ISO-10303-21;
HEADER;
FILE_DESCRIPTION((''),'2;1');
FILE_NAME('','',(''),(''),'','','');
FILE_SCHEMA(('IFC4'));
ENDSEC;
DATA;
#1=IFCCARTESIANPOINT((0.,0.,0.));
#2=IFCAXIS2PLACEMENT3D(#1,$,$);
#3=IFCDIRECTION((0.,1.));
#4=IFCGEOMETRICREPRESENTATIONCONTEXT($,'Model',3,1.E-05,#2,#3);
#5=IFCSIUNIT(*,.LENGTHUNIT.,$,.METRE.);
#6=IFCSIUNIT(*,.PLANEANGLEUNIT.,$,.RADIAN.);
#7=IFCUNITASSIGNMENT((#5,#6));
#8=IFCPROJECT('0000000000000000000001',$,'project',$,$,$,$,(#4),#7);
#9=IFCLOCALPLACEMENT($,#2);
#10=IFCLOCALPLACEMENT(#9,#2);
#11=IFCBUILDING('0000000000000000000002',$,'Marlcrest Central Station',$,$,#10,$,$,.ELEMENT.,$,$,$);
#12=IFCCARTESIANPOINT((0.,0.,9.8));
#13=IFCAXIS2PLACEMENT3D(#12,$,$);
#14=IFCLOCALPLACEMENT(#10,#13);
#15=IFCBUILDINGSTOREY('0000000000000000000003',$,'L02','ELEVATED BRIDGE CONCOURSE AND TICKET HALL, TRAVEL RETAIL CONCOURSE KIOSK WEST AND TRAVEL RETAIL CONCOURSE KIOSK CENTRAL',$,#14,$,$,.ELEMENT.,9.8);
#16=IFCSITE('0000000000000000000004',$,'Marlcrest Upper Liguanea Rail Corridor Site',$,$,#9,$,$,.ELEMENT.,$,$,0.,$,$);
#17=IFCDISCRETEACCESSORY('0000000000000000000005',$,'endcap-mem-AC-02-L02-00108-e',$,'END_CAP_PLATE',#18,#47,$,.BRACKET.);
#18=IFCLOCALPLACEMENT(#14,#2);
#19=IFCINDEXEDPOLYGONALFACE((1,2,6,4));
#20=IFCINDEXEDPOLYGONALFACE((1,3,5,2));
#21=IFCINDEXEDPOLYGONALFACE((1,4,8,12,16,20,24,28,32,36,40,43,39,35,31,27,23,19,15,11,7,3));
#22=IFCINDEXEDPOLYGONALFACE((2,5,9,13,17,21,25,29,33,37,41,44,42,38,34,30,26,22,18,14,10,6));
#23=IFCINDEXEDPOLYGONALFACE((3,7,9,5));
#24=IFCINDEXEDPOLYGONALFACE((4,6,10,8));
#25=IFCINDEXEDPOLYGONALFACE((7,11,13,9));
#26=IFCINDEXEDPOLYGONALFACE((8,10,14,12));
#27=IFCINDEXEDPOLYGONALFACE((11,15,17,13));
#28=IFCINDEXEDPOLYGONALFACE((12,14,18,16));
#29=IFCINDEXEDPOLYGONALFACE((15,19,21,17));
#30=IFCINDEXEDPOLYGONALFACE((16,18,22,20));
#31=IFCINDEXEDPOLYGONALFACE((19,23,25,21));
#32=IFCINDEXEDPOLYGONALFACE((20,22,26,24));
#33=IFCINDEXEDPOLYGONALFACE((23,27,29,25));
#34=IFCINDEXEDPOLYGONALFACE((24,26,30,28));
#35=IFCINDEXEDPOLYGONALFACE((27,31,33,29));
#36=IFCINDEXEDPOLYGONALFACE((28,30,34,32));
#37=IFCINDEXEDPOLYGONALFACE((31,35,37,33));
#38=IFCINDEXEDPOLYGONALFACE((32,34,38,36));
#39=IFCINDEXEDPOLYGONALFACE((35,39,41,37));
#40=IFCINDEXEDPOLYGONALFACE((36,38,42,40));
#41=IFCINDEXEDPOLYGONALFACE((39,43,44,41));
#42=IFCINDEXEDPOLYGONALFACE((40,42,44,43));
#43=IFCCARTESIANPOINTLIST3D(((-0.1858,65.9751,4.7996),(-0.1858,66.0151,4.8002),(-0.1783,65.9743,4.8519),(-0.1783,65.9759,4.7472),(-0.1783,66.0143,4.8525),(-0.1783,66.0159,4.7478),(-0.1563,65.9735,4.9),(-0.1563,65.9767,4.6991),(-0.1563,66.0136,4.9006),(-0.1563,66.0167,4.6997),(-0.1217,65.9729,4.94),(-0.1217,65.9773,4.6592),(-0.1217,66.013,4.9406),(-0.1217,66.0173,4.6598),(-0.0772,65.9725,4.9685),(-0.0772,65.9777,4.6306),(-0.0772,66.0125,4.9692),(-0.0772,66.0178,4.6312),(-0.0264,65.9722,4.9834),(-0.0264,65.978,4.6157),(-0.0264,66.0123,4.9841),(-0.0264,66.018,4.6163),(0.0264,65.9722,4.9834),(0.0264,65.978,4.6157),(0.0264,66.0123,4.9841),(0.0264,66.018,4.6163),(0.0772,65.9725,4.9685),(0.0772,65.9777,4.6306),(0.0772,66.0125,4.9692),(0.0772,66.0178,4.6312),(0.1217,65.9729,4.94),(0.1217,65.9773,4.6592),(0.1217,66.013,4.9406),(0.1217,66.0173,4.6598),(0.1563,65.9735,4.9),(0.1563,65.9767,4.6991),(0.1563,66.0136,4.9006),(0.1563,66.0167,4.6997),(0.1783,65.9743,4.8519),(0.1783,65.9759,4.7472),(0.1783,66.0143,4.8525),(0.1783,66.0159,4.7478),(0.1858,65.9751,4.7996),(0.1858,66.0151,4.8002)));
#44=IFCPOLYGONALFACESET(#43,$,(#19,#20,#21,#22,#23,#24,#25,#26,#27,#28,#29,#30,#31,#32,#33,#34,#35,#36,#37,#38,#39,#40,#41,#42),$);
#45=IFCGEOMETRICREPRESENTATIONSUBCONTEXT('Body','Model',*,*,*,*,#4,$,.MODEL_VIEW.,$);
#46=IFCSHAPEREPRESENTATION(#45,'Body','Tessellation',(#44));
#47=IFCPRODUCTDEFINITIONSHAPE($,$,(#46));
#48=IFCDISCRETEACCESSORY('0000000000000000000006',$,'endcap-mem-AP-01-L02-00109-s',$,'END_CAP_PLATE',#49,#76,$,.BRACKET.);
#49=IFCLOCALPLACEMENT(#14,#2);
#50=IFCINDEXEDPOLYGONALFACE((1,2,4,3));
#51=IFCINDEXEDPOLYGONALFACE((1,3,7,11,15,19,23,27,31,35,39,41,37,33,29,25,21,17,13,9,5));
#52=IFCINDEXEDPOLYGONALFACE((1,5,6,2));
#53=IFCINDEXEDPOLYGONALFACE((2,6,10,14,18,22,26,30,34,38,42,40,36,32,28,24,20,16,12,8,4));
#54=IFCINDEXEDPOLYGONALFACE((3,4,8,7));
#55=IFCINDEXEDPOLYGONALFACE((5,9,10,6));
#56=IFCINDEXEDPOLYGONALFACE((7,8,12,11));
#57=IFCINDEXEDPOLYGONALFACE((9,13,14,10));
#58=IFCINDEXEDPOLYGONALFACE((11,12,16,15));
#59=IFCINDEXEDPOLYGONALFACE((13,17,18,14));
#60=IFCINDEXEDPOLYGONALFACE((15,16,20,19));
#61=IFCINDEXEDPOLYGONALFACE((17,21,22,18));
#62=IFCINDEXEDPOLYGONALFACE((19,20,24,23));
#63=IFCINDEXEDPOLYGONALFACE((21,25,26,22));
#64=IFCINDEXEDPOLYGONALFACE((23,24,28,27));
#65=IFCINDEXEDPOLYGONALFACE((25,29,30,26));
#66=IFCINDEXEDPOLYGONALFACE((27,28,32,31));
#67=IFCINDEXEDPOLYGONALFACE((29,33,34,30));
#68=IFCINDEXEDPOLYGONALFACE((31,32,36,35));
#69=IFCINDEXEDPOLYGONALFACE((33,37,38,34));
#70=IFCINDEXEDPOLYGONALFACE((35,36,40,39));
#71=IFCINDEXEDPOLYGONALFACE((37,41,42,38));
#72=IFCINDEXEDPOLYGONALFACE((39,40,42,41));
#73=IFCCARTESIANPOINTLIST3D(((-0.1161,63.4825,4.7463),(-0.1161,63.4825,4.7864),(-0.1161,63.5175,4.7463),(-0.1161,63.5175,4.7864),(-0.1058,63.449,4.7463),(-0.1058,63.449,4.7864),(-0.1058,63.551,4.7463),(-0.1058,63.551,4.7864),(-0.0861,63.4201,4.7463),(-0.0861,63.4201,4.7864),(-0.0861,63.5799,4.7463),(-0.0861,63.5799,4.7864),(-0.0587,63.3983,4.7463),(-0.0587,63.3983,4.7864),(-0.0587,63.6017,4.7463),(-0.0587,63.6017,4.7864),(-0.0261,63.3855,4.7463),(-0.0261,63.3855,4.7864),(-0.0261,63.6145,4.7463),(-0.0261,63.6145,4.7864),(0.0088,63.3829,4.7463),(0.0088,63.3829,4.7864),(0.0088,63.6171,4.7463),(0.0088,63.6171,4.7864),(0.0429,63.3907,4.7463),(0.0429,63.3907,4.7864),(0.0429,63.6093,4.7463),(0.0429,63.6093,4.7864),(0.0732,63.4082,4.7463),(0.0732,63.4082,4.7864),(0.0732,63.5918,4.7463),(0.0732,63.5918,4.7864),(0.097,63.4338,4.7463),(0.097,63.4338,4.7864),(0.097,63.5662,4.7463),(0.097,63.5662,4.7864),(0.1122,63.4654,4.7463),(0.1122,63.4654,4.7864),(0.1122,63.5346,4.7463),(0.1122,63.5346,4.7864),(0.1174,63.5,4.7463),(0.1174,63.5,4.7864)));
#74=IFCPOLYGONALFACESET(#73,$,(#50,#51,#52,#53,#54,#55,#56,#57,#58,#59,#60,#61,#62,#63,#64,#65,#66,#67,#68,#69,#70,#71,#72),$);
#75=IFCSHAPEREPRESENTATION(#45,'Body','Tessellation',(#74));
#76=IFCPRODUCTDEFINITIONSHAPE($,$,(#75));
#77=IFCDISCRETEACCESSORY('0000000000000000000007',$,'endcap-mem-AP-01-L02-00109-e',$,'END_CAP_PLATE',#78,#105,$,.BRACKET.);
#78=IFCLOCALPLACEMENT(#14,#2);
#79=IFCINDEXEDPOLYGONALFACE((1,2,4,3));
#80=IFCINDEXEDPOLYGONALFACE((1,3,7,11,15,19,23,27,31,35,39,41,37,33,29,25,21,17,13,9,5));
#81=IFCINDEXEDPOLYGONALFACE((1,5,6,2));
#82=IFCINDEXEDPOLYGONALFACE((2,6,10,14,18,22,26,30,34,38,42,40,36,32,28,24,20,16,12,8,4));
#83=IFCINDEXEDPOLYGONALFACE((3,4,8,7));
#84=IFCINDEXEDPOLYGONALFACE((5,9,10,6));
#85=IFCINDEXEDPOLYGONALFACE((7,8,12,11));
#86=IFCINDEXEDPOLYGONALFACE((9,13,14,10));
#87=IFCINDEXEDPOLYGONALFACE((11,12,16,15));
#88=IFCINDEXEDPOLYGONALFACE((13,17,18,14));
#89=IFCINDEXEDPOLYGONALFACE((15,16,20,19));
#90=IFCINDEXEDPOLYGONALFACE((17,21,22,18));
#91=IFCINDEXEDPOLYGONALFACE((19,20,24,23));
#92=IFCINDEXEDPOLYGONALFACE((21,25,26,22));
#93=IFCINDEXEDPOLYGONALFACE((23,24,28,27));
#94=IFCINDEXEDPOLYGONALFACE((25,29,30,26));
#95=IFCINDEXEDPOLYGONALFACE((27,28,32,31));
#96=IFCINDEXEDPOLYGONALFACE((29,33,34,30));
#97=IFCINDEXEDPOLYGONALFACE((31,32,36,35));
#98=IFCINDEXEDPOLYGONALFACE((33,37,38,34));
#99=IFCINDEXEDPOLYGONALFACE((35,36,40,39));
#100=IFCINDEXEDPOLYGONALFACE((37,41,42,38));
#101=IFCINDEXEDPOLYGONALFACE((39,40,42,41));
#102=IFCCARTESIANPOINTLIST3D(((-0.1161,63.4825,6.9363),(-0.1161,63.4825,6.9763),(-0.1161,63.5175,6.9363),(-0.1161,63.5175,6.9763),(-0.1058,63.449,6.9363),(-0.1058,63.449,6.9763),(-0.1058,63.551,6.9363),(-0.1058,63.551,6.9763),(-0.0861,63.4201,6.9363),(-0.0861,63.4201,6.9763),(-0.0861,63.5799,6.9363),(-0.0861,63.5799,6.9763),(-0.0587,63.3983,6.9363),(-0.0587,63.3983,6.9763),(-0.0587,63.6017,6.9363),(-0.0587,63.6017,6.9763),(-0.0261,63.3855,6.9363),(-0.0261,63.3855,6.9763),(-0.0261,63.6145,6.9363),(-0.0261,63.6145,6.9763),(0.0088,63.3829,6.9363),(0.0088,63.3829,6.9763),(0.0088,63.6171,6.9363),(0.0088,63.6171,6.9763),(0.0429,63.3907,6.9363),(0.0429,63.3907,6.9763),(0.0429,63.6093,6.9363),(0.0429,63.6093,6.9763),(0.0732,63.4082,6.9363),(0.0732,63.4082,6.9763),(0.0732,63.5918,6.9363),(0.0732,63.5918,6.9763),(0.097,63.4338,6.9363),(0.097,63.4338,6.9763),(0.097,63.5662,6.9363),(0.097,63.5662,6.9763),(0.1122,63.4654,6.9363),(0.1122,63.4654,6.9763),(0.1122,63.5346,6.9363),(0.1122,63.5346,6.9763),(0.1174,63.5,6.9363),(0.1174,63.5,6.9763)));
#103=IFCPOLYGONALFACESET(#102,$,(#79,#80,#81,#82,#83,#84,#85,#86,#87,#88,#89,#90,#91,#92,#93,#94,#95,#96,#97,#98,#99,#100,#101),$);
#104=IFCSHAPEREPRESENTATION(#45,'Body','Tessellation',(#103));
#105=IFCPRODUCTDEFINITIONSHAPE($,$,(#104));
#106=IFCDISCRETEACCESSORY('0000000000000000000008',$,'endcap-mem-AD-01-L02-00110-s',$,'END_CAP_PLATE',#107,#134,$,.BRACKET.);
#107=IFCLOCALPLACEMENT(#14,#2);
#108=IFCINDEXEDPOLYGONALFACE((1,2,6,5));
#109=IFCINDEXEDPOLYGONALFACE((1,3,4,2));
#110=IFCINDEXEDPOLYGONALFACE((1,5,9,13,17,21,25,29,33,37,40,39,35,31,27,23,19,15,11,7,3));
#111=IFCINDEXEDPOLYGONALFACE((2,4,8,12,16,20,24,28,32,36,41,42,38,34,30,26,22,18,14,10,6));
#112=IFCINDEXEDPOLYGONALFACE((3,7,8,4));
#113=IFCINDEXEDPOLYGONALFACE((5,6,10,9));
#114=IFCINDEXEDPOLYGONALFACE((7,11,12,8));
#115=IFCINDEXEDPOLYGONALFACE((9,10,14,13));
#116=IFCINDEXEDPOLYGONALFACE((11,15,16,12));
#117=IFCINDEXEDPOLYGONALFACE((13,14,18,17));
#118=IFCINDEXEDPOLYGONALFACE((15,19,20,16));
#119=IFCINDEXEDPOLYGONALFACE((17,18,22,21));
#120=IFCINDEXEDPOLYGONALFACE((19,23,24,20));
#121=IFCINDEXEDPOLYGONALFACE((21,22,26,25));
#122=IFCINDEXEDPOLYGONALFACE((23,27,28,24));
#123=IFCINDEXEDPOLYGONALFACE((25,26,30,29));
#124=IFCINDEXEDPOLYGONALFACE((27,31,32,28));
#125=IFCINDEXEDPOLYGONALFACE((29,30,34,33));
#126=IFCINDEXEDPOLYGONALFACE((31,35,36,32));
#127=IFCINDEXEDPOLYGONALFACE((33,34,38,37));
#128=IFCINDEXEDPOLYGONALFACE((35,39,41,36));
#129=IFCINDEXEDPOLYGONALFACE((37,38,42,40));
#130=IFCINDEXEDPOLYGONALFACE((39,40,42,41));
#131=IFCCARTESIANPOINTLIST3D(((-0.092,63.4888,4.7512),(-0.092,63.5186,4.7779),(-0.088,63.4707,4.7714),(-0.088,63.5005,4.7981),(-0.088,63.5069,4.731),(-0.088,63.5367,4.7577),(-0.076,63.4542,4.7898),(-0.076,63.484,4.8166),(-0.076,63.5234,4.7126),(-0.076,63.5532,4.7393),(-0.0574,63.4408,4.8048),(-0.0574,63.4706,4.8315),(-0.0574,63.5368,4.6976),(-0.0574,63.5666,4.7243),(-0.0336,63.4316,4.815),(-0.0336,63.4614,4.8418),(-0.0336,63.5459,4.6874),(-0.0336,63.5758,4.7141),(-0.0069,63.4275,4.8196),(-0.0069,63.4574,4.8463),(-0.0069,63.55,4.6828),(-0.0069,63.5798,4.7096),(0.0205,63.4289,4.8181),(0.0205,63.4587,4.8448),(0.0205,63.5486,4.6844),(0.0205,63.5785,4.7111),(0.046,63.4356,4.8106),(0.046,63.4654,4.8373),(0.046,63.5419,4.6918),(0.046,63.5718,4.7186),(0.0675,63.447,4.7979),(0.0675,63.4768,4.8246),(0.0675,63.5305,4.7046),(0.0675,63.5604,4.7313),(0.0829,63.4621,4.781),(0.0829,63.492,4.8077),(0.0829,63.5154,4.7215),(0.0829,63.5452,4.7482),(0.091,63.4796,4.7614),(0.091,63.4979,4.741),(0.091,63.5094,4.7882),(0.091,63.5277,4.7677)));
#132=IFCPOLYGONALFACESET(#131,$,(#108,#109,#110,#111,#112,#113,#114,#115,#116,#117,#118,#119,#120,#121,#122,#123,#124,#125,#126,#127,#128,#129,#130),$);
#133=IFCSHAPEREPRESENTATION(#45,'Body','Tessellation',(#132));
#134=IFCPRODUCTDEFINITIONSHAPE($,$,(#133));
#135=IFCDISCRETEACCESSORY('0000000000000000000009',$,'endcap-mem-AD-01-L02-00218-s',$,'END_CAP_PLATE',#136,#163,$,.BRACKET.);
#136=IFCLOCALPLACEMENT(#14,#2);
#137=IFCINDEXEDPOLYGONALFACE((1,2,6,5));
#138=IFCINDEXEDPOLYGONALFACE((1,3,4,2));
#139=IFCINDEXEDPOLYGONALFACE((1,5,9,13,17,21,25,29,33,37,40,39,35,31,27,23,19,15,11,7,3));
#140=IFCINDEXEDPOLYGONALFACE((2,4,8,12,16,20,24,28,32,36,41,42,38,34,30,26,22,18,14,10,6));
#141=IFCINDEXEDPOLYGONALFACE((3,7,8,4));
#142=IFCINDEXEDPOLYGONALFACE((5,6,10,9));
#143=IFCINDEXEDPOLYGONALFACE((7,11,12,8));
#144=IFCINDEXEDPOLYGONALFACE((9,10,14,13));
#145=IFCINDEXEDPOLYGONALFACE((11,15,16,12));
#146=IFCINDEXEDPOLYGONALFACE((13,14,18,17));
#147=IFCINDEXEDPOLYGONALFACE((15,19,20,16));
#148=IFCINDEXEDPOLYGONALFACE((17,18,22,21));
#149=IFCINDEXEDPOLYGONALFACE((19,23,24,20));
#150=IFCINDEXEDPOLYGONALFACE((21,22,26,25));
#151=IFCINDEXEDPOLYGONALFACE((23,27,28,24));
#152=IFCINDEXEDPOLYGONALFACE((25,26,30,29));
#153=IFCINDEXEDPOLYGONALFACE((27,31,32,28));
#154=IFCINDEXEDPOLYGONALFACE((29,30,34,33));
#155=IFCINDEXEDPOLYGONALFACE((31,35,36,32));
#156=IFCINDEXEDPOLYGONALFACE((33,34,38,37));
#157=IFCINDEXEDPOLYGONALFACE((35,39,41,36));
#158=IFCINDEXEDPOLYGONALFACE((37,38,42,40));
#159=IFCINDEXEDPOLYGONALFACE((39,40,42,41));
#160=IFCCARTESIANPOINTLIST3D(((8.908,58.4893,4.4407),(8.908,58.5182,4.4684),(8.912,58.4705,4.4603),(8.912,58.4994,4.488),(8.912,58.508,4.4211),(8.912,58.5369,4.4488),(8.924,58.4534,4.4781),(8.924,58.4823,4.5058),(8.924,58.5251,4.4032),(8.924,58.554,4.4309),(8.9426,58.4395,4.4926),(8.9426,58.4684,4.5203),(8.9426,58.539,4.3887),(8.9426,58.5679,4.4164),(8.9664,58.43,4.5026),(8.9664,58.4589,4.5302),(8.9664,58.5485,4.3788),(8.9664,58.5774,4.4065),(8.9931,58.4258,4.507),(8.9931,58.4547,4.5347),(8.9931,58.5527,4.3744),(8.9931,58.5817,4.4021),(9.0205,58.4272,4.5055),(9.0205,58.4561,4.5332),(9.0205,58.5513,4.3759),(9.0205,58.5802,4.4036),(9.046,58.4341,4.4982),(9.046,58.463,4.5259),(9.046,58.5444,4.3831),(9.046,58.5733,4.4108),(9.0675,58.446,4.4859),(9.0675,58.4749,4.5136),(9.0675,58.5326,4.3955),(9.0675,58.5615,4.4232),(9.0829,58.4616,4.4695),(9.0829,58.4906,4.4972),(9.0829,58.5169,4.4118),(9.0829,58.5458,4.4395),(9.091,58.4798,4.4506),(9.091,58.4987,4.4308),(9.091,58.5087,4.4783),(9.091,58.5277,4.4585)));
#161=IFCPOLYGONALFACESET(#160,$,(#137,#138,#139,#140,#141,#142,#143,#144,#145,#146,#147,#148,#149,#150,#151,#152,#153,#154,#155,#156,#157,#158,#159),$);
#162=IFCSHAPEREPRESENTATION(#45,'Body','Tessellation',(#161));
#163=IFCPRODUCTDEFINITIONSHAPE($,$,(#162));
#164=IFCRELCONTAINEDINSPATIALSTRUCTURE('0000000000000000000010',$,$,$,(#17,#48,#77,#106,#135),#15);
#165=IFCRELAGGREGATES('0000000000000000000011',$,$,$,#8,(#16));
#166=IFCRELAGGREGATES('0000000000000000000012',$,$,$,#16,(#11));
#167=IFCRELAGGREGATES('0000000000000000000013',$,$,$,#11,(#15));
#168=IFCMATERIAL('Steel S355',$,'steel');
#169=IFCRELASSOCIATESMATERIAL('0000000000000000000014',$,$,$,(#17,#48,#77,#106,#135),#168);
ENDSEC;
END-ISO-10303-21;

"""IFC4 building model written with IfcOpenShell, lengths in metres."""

from ifc_helpers import new_model, si_unit, direction, frame, origin, origin_2d, place, context, subcontext, project, spatial, circle, extrude, material, element, save


model = new_model("IFC4")

# Units and contexts
model_context = context("Model", 3, precision=1e-05, world=origin(), true_north=direction((0.0, 1.0)))
body_context = subcontext(model_context, "Body", "Model", "MODEL_VIEW")
ifc_project = project(units=[si_unit("LENGTHUNIT", "METRE"), si_unit("PLANEANGLEUNIT", "RADIAN")], contexts=[model_context])

# Site, building, storey
site_placement = place(None, origin())
site = spatial("IfcSite", under=ifc_project, at=site_placement, Name="Marlcrest Upper Liguanea Rail Corridor Site", CompositionType="ELEMENT", RefElevation=0.0)
building_placement = place(site_placement, origin())
building = spatial("IfcBuilding", under=site, at=building_placement, Name="Marlcrest Central Station", CompositionType="ELEMENT")
storey_placement = place(building_placement, frame((0.0, 0.0, 9.8)))
storey = spatial("IfcBuildingStorey", under=building, at=storey_placement, Name="L02", Description="ELEVATED BRIDGE CONCOURSE AND TICKET HALL, TRAVEL RETAIL CONCOURSE KIOSK WEST AND TRAVEL RETAIL CONCOURSE KIOSK CENTRAL", CompositionType="ELEMENT", Elevation=9.8)

# Shared definitions
ifc_material = material(Name="Steel S355", Category="steel")

# Discrete accessories
for number, where, z_axis, x_axis, name in (
    (1, (0.0, 65.9751, 4.7996), (0.0, 0.999879, 0.015525), (-1.0, 0.0, 0.0), "endcap-mem-AC-02-L02-00108-e"),
):
    element("IfcDiscreteAccessory", number, at=place(storey_placement, frame(where, z_axis=z_axis, x_axis=x_axis)), inside=storey, material=ifc_material, Name=name, ObjectType="END_CAP_PLATE", PredefinedType="BRACKET", context=body_context, shape_type="SweptSolid", body=[
        extrude(circle(Radius=0.1858, at=origin_2d()), origin(), (0.0, 0.0, 1.0), 0.04),
    ])
for number, where, z_axis, x_axis, name in (
    (2, (0.0, 63.5, 4.7463), (0.0, 0.0, 1.0), (1.0, 0.0, 0.0), "endcap-mem-AP-01-L02-00109-s"),
    (3, (0.0, 63.5, 6.9363), (0.0, 0.0, 1.0), (1.0, 0.0, 0.0), "endcap-mem-AP-01-L02-00109-e"),
):
    element("IfcDiscreteAccessory", number, at=place(storey_placement, frame(where, z_axis=z_axis, x_axis=x_axis)), inside=storey, material=ifc_material, Name=name, ObjectType="END_CAP_PLATE", PredefinedType="BRACKET", context=body_context, shape_type="SweptSolid", body=[
        extrude(circle(Radius=0.1174, at=origin_2d()), origin(), (0.0, 0.0, 1.0), 0.04),
    ])
for number, where, z_axis, x_axis, name in (
    (4, (0.0, 63.4888, 4.7512), (0.0, 0.744956, 0.667114), (-1.0, 0.0, 0.0), "endcap-mem-AD-01-L02-00110-s"),
    (5, (9.0, 58.4893, 4.4407), (0.0, 0.722247, 0.691636), (-1.0, 0.0, 0.0), "endcap-mem-AD-01-L02-00218-s"),
):
    element("IfcDiscreteAccessory", number, at=place(storey_placement, frame(where, z_axis=z_axis, x_axis=x_axis)), inside=storey, material=ifc_material, Name=name, ObjectType="END_CAP_PLATE", PredefinedType="BRACKET", context=body_context, shape_type="SweptSolid", body=[
        extrude(circle(Radius=0.092, at=origin_2d()), origin(), (0.0, 0.0, 1.0), 0.04),
    ])

save(model, "model.ifc")
